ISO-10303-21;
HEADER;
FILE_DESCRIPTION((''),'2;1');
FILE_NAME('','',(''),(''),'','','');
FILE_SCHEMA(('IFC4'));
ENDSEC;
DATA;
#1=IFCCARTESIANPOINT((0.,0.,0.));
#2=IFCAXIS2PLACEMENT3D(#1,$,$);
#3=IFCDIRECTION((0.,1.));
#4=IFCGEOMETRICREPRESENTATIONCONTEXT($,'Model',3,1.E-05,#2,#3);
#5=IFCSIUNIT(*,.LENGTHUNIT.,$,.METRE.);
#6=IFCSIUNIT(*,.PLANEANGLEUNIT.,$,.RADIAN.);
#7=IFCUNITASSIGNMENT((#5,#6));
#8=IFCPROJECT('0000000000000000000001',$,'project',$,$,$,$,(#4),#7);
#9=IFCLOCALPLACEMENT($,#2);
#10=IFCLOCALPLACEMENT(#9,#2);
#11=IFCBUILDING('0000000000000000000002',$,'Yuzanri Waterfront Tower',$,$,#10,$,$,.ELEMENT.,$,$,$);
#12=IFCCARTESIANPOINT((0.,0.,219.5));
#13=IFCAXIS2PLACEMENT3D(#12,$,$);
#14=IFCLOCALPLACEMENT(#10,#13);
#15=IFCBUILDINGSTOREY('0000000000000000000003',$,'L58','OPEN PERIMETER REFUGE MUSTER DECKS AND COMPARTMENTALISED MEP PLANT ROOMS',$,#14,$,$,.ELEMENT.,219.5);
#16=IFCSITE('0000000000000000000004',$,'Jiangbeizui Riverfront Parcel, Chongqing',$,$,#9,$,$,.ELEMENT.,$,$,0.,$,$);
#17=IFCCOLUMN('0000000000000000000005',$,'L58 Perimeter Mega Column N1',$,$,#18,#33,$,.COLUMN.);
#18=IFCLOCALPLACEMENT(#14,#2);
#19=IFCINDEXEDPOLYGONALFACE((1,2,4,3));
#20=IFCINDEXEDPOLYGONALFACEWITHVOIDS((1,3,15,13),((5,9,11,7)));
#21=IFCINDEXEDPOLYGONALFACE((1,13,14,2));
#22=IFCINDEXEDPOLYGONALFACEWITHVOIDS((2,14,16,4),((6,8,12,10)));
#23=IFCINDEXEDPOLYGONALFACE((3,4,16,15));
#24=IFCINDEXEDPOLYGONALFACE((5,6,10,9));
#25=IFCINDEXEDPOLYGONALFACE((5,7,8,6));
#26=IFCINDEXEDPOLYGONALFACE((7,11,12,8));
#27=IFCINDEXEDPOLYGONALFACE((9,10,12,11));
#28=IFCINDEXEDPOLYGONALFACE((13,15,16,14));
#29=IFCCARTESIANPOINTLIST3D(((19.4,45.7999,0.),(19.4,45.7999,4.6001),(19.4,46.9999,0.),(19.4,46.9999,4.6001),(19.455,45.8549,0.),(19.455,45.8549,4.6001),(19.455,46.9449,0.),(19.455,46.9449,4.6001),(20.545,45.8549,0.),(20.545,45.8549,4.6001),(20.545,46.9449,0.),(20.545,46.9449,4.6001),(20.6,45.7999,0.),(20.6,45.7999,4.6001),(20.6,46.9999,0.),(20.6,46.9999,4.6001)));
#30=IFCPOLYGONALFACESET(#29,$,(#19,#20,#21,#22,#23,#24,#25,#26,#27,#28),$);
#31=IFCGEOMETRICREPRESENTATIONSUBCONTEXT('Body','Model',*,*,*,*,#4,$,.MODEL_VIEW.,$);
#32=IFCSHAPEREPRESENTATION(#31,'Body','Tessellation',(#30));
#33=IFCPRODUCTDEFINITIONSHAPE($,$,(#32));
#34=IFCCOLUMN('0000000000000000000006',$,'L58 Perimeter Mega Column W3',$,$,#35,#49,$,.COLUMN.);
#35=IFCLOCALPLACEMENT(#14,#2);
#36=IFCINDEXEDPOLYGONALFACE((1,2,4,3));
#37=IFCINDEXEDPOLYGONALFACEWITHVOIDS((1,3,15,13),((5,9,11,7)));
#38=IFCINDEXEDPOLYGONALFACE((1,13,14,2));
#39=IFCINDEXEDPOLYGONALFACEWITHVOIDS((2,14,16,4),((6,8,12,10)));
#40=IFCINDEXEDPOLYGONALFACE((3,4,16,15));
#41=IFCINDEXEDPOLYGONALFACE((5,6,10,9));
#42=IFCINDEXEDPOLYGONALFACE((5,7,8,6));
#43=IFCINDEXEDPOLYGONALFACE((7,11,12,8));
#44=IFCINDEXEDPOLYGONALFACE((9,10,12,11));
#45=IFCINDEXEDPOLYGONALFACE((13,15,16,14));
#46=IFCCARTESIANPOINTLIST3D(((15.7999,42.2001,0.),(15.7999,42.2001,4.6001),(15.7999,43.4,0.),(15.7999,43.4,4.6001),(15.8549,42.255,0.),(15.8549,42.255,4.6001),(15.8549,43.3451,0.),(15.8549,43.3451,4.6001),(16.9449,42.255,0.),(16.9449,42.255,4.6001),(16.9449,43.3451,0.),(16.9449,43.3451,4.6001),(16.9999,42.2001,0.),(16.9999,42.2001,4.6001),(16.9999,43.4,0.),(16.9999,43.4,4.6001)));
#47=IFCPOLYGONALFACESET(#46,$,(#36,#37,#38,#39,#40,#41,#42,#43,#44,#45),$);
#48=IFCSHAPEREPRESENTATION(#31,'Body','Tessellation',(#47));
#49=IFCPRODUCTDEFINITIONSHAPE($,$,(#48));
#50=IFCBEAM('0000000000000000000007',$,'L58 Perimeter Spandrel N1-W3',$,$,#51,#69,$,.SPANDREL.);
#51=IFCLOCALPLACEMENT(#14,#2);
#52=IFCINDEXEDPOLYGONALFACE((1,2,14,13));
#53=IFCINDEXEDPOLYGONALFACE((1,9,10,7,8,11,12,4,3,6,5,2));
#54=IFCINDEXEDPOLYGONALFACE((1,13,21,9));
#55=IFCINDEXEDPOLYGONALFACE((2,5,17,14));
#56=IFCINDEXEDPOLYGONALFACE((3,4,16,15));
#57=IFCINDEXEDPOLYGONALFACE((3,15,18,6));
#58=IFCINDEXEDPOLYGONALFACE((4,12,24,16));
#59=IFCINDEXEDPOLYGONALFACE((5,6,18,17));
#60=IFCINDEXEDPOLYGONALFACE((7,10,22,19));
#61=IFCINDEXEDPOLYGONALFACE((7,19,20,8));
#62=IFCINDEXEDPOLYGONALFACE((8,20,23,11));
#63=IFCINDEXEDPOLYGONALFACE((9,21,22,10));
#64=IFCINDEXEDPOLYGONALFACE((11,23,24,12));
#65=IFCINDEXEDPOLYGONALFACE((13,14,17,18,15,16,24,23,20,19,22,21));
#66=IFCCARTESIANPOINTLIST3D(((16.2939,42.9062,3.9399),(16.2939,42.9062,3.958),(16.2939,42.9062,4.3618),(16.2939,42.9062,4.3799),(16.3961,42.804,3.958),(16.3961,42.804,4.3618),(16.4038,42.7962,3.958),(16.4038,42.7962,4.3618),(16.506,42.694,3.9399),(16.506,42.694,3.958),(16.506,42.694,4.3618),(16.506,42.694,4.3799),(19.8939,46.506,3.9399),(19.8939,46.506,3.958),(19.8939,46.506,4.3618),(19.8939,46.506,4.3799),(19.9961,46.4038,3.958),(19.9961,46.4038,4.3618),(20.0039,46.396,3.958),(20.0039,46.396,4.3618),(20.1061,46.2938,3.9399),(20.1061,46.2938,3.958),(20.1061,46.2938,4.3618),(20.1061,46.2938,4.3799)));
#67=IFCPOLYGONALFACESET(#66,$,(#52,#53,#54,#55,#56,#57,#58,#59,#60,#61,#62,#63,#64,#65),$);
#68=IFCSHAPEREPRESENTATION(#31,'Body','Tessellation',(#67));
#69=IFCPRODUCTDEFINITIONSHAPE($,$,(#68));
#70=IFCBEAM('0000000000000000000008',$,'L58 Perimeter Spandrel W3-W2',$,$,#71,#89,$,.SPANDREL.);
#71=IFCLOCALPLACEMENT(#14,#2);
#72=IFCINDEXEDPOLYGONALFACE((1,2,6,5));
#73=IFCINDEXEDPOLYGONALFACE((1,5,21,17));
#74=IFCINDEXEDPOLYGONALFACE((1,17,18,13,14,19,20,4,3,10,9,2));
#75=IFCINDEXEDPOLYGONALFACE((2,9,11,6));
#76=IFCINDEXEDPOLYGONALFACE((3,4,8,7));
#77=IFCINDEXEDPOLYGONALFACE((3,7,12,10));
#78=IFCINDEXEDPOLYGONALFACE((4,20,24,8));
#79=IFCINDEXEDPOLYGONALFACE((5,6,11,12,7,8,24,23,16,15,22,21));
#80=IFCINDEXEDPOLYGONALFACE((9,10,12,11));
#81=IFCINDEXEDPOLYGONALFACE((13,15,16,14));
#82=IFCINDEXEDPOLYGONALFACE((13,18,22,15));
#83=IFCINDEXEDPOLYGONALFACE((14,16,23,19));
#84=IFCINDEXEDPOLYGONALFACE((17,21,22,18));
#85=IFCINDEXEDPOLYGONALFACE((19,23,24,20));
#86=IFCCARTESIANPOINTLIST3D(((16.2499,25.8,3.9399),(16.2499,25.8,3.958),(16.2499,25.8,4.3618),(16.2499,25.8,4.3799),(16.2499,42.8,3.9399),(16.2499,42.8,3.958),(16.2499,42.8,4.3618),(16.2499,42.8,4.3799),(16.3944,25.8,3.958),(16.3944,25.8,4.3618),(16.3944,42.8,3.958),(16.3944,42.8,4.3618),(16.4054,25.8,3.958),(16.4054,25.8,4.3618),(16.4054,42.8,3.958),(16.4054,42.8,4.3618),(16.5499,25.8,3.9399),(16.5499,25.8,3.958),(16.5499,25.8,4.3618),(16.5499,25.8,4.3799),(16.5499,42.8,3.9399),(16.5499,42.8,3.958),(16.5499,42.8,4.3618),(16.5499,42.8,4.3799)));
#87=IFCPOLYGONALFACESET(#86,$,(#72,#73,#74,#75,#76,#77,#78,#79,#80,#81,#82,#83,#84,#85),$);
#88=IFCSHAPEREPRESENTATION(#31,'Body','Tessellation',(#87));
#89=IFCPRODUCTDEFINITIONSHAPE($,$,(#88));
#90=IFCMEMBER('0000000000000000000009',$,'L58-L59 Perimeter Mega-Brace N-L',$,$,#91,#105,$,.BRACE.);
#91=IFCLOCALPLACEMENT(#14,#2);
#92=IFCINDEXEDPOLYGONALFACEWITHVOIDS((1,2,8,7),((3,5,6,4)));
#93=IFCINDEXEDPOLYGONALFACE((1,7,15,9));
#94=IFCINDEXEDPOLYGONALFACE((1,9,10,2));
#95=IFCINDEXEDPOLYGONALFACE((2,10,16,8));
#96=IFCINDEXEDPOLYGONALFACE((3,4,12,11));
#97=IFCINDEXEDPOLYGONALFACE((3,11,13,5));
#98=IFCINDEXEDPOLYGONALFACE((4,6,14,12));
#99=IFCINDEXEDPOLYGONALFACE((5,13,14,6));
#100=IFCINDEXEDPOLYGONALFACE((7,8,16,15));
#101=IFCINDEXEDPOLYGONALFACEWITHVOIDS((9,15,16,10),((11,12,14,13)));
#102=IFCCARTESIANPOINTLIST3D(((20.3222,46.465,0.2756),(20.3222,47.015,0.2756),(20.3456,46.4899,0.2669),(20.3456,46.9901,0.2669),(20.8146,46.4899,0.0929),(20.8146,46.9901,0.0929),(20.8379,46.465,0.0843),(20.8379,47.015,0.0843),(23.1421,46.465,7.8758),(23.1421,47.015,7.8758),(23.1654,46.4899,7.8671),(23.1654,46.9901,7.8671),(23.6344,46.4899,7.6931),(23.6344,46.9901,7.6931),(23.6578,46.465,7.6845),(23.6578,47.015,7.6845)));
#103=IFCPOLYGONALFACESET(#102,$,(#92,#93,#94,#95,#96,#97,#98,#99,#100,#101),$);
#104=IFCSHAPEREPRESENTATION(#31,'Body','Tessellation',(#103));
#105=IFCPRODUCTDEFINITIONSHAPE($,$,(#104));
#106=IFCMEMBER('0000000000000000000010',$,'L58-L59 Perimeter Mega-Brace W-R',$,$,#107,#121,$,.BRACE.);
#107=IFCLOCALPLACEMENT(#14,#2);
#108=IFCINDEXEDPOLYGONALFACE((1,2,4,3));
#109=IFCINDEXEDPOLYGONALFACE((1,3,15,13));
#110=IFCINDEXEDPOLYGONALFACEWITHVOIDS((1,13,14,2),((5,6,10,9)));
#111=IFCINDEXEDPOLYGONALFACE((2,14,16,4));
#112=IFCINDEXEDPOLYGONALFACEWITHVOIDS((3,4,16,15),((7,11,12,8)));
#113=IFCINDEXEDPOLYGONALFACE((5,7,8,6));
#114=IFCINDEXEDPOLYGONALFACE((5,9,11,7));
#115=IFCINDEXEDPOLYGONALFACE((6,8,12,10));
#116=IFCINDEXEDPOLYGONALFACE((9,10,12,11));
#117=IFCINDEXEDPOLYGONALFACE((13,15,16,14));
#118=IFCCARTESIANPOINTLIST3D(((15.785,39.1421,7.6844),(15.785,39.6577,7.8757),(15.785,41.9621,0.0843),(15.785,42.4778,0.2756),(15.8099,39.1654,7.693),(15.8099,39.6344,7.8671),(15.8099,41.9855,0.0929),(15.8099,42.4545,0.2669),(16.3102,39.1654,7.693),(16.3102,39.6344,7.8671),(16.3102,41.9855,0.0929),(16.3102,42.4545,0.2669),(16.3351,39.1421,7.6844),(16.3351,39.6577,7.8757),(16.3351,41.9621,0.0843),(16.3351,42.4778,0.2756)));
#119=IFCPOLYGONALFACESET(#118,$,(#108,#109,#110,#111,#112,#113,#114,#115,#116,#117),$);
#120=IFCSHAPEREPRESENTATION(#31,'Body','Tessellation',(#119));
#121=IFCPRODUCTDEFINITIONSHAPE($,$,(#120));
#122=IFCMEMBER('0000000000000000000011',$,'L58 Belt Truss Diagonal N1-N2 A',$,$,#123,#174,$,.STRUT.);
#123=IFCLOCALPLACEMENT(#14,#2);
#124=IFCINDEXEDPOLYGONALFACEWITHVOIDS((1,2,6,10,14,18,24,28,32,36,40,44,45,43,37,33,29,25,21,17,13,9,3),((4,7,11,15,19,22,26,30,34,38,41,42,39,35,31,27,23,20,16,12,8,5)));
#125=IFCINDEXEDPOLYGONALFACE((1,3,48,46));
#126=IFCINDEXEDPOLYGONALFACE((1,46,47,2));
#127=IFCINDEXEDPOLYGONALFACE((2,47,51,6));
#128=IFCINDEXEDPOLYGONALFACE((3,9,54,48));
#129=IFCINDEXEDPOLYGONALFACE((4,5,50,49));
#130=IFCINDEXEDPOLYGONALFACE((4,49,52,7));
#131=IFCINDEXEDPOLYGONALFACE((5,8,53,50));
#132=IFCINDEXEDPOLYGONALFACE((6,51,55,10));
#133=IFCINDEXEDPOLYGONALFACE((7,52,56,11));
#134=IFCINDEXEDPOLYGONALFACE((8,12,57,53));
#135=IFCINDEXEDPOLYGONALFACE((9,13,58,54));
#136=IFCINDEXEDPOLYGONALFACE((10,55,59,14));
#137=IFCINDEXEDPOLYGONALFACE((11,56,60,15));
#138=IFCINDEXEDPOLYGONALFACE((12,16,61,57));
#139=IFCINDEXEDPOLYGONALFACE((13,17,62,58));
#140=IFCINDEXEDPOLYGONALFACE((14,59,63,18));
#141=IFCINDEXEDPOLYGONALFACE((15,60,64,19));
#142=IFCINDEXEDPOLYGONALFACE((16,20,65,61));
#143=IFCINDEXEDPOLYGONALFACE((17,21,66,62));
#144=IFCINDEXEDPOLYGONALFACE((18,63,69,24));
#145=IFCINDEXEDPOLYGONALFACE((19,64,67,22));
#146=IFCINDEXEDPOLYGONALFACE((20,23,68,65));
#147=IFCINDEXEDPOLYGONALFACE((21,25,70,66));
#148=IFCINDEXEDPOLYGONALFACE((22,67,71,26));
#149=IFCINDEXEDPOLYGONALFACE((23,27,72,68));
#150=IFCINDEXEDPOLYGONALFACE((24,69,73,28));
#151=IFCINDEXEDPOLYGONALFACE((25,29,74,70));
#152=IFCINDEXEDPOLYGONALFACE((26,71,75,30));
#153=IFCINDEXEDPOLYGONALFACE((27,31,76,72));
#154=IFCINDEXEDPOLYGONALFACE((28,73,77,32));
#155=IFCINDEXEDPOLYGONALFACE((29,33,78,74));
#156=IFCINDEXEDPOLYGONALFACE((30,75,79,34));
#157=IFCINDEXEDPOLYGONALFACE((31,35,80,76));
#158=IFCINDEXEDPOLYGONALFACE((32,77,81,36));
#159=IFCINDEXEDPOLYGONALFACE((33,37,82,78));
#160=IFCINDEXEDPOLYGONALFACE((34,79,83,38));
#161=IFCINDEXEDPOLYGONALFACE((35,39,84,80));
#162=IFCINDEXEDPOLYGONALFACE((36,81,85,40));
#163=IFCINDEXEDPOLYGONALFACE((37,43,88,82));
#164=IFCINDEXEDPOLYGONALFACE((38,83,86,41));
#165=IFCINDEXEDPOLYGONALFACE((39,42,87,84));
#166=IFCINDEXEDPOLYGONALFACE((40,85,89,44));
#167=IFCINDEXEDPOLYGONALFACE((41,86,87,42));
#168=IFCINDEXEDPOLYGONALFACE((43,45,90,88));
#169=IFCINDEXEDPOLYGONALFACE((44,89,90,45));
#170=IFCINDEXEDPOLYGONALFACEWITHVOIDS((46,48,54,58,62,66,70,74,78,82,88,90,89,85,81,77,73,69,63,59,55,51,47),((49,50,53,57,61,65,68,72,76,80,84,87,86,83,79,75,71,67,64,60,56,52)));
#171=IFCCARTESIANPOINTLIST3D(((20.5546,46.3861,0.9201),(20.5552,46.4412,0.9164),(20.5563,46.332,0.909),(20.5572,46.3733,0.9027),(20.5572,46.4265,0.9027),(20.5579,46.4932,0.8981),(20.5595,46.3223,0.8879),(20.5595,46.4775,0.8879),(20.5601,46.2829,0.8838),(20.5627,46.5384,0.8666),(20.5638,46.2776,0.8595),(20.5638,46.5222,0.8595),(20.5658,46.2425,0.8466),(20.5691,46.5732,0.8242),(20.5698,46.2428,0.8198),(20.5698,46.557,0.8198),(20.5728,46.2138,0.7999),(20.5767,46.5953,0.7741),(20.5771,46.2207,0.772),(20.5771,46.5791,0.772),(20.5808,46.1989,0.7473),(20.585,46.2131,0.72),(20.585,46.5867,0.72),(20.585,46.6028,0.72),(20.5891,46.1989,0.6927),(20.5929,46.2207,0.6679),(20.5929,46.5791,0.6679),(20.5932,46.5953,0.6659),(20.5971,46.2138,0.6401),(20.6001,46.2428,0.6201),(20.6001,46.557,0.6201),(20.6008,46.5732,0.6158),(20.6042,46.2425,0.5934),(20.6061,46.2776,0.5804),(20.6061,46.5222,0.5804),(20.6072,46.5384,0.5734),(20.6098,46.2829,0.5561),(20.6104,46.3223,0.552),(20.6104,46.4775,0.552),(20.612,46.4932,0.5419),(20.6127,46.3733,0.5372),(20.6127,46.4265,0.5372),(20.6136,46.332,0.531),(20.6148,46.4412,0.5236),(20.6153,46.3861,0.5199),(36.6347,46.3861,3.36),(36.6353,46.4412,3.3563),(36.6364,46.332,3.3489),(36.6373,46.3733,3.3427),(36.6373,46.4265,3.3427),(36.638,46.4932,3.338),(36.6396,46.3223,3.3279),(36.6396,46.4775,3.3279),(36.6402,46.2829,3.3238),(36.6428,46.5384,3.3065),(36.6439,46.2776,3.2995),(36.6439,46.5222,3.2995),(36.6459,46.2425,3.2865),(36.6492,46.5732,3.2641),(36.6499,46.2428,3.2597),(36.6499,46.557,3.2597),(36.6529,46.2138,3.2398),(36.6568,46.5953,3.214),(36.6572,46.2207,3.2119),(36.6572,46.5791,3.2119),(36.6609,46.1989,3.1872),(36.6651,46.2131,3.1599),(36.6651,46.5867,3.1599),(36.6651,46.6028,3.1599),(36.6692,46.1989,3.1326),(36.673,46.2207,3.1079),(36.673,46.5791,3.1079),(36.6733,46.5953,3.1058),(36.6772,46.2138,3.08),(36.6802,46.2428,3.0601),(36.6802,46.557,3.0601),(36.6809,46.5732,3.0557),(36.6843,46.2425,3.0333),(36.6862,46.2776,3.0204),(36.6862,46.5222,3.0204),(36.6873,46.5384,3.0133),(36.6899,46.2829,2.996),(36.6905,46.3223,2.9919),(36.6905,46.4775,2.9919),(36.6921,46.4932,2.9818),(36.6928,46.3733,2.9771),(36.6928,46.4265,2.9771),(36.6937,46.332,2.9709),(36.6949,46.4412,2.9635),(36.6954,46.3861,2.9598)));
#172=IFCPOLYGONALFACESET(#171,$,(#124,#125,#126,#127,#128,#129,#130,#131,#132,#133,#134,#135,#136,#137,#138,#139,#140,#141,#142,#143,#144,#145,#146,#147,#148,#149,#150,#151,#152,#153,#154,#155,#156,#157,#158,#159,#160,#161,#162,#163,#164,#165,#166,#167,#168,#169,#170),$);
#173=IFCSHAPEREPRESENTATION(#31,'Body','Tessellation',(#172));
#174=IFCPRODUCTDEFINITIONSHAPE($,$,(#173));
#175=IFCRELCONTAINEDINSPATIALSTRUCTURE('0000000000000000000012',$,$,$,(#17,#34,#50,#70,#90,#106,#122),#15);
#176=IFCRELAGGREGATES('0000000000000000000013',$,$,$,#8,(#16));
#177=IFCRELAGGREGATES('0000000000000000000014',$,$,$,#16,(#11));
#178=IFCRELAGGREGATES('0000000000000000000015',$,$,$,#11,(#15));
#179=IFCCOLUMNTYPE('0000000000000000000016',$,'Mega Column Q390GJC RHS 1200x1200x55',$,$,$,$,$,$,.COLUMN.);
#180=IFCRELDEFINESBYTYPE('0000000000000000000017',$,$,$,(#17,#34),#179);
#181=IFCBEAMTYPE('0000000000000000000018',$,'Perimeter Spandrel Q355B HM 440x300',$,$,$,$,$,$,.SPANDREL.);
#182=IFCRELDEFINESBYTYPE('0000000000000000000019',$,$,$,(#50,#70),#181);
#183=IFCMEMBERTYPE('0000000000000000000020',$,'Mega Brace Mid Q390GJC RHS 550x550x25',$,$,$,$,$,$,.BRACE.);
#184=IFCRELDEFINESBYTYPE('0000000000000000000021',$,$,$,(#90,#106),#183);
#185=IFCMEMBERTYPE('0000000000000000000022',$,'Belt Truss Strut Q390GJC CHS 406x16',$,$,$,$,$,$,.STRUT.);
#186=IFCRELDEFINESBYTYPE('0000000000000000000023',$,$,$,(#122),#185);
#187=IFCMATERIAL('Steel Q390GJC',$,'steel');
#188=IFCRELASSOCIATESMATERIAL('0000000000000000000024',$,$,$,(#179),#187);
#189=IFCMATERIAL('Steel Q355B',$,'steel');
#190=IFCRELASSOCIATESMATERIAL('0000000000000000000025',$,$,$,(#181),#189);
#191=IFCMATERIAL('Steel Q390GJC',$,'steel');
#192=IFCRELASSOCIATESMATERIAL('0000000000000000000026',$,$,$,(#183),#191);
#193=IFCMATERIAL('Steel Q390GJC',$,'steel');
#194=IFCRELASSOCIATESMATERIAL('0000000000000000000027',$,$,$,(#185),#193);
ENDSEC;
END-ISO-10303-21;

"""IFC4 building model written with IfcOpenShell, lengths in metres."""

from ifc_helpers import new_model, si_unit, direction, frame, origin, origin_2d, place, context, subcontext, project, spatial, hollow_rectangle, hollow_circle, i_section, extrude, source, transform, mapped, material, material_profile, profile_set, type_object, element, save


model = new_model("IFC4")

# Units and contexts
model_context = context("Model", 3, precision=1e-05, world=origin(), true_north=direction((0.0, 1.0)))
body_context = subcontext(model_context, "Body", "Model", "MODEL_VIEW")
ifc_project = project(units=[si_unit("LENGTHUNIT", "METRE"), si_unit("PLANEANGLEUNIT", "RADIAN")], contexts=[model_context])

# Site, building, storey
site_placement = place(None, origin())
site = spatial("IfcSite", under=ifc_project, at=site_placement, Name="Jiangbeizui Riverfront Parcel, Chongqing", CompositionType="ELEMENT", RefElevation=0.0)
building_placement = place(site_placement, origin())
building = spatial("IfcBuilding", under=site, at=building_placement, Name="Yuzanri Waterfront Tower", CompositionType="ELEMENT")
storey_placement = place(building_placement, frame((0.0, 0.0, 219.5)))
storey = spatial("IfcBuildingStorey", under=building, at=storey_placement, Name="L58", Description="OPEN PERIMETER REFUGE MUSTER DECKS AND COMPARTMENTALISED MEP PLANT ROOMS", CompositionType="ELEMENT", Elevation=219.5)

# Columns
ifc_material_1 = material(Name="Steel Q390GJC", Category="steel")
ifc_material_profile_1 = material_profile(ifc_material_1, hollow_rectangle(XDim=1.2, YDim=1.2, WallThickness=0.0549, at=origin_2d()), Name="RHS 1200x1200x55")
ifc_profile_set_1 = profile_set([ifc_material_profile_1], Name="Steel Q390GJC")
column_type = type_object("IfcColumnType", Name="Mega Column Q390GJC RHS 1200x1200x55", PredefinedType="COLUMN", material=ifc_profile_set_1)
shared_shape_1 = source(origin(), body_context, "Body", "SweptSolid", [
    extrude(hollow_rectangle(XDim=1.2, YDim=1.2, WallThickness=0.0549, at=origin_2d()), origin(), (0.0, 0.0, 1.0), 4.6001),
])
for number, where, z_axis, x_axis, name in (
    (1, (20.0, 46.3999, 0.0), (0.0, 0.0, 1.0), (1.0, 0.0, 0.0), "L58 Perimeter Mega Column N1"),
    (2, (16.3999, 42.8, 0.0), (0.0, 0.0, 1.0), (1.0, 0.0, 0.0), "L58 Perimeter Mega Column W3"),
):
    element("IfcColumn", number, at=place(storey_placement, frame(where, z_axis=z_axis, x_axis=x_axis)), inside=storey, type_object=column_type, Name=name, PredefinedType="COLUMN", context=body_context, shape_type="MappedRepresentation", body=[
        mapped(shared_shape_1, transform((0.0, 0.0, 0.0), scale=1.0)),
    ])

# Beams
ifc_material_2 = material(Name="Steel Q355B", Category="steel")
ifc_material_profile_2 = material_profile(ifc_material_2, i_section(OverallWidth=0.3, OverallDepth=0.4399, WebThickness=0.011, FlangeThickness=0.0181, at=origin_2d()), Name="HM 440x300x11x18")
ifc_profile_set_2 = profile_set([ifc_material_profile_2], Name="Steel Q355B")
beam_type = type_object("IfcBeamType", Name="Perimeter Spandrel Q355B HM 440x300", PredefinedType="SPANDREL", material=ifc_profile_set_2)
shared_shape_2 = source(origin(), body_context, "Body", "SweptSolid", [
    extrude(i_section(OverallWidth=0.3, OverallDepth=0.4399, WebThickness=0.011, FlangeThickness=0.0181, at=origin_2d()), origin(), (0.0, 0.0, 1.0), 5.0911),
])
beam_1_placement = place(storey_placement, frame((20.0, 46.3999, 4.1599), z_axis=(-0.707131, -0.707083, 0.0), x_axis=(0.707083, -0.707131, 0.0)))
element("IfcBeam", 3, at=beam_1_placement, inside=storey, type_object=beam_type, Name="L58 Perimeter Spandrel N1-W3", PredefinedType="SPANDREL", context=body_context, shape_type="MappedRepresentation", body=[
    mapped(shared_shape_2, transform((0.0, 0.0, 0.0), scale=1.0)),
])
shared_shape_3 = source(origin(), body_context, "Body", "SweptSolid", [
    extrude(i_section(OverallWidth=0.3, OverallDepth=0.4399, WebThickness=0.011, FlangeThickness=0.0181, at=origin_2d()), origin(), (0.0, 0.0, 1.0), 17.0),
])
beam_2_placement = place(storey_placement, frame((16.3999, 42.8, 4.1599), z_axis=(0.0, -1.0, 0.0), x_axis=(1.0, 0.0, 0.0)))
element("IfcBeam", 4, at=beam_2_placement, inside=storey, type_object=beam_type, Name="L58 Perimeter Spandrel W3-W2", PredefinedType="SPANDREL", context=body_context, shape_type="MappedRepresentation", body=[
    mapped(shared_shape_3, transform((0.0, 0.0, 0.0), scale=1.0)),
])

# Members
ifc_material_3 = material(Name="Steel Q390GJC", Category="steel")
ifc_material_profile_3 = material_profile(ifc_material_3, hollow_rectangle(XDim=0.55, YDim=0.55, WallThickness=0.0249, at=origin_2d()), Name="RHS 550x550x25")
ifc_profile_set_3 = profile_set([ifc_material_profile_3], Name="Steel Q390GJC")
member_type_1 = type_object("IfcMemberType", Name="Mega Brace Mid Q390GJC RHS 550x550x25", PredefinedType="BRACE", material=ifc_profile_set_3)
shared_shape_4 = source(origin(), body_context, "Body", "SweptSolid", [
    extrude(hollow_rectangle(XDim=0.55, YDim=0.55, WallThickness=0.0249, at=origin_2d()), origin(), (0.0, 0.0, 1.0), 8.1064),
])
for number, where, z_axis, x_axis, name in (
    (5, (20.5801, 46.74, 0.1799), (0.347854, 0.0, 0.937549), (0.0, 1.0, 0.0), "L58-L59 Perimeter Mega-Brace N-L"),
    (6, (16.0601, 42.22, 0.1799), (0.0, -0.34788, 0.937539), (1.0, 0.0, 0.0), "L58-L59 Perimeter Mega-Brace W-R"),
):
    element("IfcMember", number, at=place(storey_placement, frame(where, z_axis=z_axis, x_axis=x_axis)), inside=storey, type_object=member_type_1, Name=name, PredefinedType="BRACE", context=body_context, shape_type="MappedRepresentation", body=[
        mapped(shared_shape_4, transform((0.0, 0.0, 0.0), scale=1.0)),
    ])
ifc_material_4 = material(Name="Steel Q390GJC", Category="steel")
ifc_material_profile_4 = material_profile(ifc_material_4, hollow_circle(Radius=0.2029, WallThickness=0.0161, at=origin_2d()), Name="CHS 406x16")
ifc_profile_set_4 = profile_set([ifc_material_profile_4], Name="Steel Q390GJC")
member_type_2 = type_object("IfcMemberType", Name="Belt Truss Strut Q390GJC CHS 406x16", PredefinedType="STRUT", material=ifc_profile_set_4)
shared_shape_5 = source(origin(), body_context, "Body", "SweptSolid", [
    extrude(hollow_circle(Radius=0.2029, WallThickness=0.0161, at=origin_2d()), origin(), (0.0, 0.0, 1.0), 16.2642),
])
for number, where, z_axis, x_axis, name in (
    (7, (20.585, 46.3999, 0.72), (0.988683, 0.0, 0.15002), (0.0, 1.0, 0.0), "L58 Belt Truss Diagonal N1-N2 A"),
):
    element("IfcMember", number, at=place(storey_placement, frame(where, z_axis=z_axis, x_axis=x_axis)), inside=storey, type_object=member_type_2, Name=name, PredefinedType="STRUT", context=body_context, shape_type="MappedRepresentation", body=[
        mapped(shared_shape_5, transform((0.0, 0.0, 0.0), scale=1.0)),
    ])

save(model, "model.ifc")
